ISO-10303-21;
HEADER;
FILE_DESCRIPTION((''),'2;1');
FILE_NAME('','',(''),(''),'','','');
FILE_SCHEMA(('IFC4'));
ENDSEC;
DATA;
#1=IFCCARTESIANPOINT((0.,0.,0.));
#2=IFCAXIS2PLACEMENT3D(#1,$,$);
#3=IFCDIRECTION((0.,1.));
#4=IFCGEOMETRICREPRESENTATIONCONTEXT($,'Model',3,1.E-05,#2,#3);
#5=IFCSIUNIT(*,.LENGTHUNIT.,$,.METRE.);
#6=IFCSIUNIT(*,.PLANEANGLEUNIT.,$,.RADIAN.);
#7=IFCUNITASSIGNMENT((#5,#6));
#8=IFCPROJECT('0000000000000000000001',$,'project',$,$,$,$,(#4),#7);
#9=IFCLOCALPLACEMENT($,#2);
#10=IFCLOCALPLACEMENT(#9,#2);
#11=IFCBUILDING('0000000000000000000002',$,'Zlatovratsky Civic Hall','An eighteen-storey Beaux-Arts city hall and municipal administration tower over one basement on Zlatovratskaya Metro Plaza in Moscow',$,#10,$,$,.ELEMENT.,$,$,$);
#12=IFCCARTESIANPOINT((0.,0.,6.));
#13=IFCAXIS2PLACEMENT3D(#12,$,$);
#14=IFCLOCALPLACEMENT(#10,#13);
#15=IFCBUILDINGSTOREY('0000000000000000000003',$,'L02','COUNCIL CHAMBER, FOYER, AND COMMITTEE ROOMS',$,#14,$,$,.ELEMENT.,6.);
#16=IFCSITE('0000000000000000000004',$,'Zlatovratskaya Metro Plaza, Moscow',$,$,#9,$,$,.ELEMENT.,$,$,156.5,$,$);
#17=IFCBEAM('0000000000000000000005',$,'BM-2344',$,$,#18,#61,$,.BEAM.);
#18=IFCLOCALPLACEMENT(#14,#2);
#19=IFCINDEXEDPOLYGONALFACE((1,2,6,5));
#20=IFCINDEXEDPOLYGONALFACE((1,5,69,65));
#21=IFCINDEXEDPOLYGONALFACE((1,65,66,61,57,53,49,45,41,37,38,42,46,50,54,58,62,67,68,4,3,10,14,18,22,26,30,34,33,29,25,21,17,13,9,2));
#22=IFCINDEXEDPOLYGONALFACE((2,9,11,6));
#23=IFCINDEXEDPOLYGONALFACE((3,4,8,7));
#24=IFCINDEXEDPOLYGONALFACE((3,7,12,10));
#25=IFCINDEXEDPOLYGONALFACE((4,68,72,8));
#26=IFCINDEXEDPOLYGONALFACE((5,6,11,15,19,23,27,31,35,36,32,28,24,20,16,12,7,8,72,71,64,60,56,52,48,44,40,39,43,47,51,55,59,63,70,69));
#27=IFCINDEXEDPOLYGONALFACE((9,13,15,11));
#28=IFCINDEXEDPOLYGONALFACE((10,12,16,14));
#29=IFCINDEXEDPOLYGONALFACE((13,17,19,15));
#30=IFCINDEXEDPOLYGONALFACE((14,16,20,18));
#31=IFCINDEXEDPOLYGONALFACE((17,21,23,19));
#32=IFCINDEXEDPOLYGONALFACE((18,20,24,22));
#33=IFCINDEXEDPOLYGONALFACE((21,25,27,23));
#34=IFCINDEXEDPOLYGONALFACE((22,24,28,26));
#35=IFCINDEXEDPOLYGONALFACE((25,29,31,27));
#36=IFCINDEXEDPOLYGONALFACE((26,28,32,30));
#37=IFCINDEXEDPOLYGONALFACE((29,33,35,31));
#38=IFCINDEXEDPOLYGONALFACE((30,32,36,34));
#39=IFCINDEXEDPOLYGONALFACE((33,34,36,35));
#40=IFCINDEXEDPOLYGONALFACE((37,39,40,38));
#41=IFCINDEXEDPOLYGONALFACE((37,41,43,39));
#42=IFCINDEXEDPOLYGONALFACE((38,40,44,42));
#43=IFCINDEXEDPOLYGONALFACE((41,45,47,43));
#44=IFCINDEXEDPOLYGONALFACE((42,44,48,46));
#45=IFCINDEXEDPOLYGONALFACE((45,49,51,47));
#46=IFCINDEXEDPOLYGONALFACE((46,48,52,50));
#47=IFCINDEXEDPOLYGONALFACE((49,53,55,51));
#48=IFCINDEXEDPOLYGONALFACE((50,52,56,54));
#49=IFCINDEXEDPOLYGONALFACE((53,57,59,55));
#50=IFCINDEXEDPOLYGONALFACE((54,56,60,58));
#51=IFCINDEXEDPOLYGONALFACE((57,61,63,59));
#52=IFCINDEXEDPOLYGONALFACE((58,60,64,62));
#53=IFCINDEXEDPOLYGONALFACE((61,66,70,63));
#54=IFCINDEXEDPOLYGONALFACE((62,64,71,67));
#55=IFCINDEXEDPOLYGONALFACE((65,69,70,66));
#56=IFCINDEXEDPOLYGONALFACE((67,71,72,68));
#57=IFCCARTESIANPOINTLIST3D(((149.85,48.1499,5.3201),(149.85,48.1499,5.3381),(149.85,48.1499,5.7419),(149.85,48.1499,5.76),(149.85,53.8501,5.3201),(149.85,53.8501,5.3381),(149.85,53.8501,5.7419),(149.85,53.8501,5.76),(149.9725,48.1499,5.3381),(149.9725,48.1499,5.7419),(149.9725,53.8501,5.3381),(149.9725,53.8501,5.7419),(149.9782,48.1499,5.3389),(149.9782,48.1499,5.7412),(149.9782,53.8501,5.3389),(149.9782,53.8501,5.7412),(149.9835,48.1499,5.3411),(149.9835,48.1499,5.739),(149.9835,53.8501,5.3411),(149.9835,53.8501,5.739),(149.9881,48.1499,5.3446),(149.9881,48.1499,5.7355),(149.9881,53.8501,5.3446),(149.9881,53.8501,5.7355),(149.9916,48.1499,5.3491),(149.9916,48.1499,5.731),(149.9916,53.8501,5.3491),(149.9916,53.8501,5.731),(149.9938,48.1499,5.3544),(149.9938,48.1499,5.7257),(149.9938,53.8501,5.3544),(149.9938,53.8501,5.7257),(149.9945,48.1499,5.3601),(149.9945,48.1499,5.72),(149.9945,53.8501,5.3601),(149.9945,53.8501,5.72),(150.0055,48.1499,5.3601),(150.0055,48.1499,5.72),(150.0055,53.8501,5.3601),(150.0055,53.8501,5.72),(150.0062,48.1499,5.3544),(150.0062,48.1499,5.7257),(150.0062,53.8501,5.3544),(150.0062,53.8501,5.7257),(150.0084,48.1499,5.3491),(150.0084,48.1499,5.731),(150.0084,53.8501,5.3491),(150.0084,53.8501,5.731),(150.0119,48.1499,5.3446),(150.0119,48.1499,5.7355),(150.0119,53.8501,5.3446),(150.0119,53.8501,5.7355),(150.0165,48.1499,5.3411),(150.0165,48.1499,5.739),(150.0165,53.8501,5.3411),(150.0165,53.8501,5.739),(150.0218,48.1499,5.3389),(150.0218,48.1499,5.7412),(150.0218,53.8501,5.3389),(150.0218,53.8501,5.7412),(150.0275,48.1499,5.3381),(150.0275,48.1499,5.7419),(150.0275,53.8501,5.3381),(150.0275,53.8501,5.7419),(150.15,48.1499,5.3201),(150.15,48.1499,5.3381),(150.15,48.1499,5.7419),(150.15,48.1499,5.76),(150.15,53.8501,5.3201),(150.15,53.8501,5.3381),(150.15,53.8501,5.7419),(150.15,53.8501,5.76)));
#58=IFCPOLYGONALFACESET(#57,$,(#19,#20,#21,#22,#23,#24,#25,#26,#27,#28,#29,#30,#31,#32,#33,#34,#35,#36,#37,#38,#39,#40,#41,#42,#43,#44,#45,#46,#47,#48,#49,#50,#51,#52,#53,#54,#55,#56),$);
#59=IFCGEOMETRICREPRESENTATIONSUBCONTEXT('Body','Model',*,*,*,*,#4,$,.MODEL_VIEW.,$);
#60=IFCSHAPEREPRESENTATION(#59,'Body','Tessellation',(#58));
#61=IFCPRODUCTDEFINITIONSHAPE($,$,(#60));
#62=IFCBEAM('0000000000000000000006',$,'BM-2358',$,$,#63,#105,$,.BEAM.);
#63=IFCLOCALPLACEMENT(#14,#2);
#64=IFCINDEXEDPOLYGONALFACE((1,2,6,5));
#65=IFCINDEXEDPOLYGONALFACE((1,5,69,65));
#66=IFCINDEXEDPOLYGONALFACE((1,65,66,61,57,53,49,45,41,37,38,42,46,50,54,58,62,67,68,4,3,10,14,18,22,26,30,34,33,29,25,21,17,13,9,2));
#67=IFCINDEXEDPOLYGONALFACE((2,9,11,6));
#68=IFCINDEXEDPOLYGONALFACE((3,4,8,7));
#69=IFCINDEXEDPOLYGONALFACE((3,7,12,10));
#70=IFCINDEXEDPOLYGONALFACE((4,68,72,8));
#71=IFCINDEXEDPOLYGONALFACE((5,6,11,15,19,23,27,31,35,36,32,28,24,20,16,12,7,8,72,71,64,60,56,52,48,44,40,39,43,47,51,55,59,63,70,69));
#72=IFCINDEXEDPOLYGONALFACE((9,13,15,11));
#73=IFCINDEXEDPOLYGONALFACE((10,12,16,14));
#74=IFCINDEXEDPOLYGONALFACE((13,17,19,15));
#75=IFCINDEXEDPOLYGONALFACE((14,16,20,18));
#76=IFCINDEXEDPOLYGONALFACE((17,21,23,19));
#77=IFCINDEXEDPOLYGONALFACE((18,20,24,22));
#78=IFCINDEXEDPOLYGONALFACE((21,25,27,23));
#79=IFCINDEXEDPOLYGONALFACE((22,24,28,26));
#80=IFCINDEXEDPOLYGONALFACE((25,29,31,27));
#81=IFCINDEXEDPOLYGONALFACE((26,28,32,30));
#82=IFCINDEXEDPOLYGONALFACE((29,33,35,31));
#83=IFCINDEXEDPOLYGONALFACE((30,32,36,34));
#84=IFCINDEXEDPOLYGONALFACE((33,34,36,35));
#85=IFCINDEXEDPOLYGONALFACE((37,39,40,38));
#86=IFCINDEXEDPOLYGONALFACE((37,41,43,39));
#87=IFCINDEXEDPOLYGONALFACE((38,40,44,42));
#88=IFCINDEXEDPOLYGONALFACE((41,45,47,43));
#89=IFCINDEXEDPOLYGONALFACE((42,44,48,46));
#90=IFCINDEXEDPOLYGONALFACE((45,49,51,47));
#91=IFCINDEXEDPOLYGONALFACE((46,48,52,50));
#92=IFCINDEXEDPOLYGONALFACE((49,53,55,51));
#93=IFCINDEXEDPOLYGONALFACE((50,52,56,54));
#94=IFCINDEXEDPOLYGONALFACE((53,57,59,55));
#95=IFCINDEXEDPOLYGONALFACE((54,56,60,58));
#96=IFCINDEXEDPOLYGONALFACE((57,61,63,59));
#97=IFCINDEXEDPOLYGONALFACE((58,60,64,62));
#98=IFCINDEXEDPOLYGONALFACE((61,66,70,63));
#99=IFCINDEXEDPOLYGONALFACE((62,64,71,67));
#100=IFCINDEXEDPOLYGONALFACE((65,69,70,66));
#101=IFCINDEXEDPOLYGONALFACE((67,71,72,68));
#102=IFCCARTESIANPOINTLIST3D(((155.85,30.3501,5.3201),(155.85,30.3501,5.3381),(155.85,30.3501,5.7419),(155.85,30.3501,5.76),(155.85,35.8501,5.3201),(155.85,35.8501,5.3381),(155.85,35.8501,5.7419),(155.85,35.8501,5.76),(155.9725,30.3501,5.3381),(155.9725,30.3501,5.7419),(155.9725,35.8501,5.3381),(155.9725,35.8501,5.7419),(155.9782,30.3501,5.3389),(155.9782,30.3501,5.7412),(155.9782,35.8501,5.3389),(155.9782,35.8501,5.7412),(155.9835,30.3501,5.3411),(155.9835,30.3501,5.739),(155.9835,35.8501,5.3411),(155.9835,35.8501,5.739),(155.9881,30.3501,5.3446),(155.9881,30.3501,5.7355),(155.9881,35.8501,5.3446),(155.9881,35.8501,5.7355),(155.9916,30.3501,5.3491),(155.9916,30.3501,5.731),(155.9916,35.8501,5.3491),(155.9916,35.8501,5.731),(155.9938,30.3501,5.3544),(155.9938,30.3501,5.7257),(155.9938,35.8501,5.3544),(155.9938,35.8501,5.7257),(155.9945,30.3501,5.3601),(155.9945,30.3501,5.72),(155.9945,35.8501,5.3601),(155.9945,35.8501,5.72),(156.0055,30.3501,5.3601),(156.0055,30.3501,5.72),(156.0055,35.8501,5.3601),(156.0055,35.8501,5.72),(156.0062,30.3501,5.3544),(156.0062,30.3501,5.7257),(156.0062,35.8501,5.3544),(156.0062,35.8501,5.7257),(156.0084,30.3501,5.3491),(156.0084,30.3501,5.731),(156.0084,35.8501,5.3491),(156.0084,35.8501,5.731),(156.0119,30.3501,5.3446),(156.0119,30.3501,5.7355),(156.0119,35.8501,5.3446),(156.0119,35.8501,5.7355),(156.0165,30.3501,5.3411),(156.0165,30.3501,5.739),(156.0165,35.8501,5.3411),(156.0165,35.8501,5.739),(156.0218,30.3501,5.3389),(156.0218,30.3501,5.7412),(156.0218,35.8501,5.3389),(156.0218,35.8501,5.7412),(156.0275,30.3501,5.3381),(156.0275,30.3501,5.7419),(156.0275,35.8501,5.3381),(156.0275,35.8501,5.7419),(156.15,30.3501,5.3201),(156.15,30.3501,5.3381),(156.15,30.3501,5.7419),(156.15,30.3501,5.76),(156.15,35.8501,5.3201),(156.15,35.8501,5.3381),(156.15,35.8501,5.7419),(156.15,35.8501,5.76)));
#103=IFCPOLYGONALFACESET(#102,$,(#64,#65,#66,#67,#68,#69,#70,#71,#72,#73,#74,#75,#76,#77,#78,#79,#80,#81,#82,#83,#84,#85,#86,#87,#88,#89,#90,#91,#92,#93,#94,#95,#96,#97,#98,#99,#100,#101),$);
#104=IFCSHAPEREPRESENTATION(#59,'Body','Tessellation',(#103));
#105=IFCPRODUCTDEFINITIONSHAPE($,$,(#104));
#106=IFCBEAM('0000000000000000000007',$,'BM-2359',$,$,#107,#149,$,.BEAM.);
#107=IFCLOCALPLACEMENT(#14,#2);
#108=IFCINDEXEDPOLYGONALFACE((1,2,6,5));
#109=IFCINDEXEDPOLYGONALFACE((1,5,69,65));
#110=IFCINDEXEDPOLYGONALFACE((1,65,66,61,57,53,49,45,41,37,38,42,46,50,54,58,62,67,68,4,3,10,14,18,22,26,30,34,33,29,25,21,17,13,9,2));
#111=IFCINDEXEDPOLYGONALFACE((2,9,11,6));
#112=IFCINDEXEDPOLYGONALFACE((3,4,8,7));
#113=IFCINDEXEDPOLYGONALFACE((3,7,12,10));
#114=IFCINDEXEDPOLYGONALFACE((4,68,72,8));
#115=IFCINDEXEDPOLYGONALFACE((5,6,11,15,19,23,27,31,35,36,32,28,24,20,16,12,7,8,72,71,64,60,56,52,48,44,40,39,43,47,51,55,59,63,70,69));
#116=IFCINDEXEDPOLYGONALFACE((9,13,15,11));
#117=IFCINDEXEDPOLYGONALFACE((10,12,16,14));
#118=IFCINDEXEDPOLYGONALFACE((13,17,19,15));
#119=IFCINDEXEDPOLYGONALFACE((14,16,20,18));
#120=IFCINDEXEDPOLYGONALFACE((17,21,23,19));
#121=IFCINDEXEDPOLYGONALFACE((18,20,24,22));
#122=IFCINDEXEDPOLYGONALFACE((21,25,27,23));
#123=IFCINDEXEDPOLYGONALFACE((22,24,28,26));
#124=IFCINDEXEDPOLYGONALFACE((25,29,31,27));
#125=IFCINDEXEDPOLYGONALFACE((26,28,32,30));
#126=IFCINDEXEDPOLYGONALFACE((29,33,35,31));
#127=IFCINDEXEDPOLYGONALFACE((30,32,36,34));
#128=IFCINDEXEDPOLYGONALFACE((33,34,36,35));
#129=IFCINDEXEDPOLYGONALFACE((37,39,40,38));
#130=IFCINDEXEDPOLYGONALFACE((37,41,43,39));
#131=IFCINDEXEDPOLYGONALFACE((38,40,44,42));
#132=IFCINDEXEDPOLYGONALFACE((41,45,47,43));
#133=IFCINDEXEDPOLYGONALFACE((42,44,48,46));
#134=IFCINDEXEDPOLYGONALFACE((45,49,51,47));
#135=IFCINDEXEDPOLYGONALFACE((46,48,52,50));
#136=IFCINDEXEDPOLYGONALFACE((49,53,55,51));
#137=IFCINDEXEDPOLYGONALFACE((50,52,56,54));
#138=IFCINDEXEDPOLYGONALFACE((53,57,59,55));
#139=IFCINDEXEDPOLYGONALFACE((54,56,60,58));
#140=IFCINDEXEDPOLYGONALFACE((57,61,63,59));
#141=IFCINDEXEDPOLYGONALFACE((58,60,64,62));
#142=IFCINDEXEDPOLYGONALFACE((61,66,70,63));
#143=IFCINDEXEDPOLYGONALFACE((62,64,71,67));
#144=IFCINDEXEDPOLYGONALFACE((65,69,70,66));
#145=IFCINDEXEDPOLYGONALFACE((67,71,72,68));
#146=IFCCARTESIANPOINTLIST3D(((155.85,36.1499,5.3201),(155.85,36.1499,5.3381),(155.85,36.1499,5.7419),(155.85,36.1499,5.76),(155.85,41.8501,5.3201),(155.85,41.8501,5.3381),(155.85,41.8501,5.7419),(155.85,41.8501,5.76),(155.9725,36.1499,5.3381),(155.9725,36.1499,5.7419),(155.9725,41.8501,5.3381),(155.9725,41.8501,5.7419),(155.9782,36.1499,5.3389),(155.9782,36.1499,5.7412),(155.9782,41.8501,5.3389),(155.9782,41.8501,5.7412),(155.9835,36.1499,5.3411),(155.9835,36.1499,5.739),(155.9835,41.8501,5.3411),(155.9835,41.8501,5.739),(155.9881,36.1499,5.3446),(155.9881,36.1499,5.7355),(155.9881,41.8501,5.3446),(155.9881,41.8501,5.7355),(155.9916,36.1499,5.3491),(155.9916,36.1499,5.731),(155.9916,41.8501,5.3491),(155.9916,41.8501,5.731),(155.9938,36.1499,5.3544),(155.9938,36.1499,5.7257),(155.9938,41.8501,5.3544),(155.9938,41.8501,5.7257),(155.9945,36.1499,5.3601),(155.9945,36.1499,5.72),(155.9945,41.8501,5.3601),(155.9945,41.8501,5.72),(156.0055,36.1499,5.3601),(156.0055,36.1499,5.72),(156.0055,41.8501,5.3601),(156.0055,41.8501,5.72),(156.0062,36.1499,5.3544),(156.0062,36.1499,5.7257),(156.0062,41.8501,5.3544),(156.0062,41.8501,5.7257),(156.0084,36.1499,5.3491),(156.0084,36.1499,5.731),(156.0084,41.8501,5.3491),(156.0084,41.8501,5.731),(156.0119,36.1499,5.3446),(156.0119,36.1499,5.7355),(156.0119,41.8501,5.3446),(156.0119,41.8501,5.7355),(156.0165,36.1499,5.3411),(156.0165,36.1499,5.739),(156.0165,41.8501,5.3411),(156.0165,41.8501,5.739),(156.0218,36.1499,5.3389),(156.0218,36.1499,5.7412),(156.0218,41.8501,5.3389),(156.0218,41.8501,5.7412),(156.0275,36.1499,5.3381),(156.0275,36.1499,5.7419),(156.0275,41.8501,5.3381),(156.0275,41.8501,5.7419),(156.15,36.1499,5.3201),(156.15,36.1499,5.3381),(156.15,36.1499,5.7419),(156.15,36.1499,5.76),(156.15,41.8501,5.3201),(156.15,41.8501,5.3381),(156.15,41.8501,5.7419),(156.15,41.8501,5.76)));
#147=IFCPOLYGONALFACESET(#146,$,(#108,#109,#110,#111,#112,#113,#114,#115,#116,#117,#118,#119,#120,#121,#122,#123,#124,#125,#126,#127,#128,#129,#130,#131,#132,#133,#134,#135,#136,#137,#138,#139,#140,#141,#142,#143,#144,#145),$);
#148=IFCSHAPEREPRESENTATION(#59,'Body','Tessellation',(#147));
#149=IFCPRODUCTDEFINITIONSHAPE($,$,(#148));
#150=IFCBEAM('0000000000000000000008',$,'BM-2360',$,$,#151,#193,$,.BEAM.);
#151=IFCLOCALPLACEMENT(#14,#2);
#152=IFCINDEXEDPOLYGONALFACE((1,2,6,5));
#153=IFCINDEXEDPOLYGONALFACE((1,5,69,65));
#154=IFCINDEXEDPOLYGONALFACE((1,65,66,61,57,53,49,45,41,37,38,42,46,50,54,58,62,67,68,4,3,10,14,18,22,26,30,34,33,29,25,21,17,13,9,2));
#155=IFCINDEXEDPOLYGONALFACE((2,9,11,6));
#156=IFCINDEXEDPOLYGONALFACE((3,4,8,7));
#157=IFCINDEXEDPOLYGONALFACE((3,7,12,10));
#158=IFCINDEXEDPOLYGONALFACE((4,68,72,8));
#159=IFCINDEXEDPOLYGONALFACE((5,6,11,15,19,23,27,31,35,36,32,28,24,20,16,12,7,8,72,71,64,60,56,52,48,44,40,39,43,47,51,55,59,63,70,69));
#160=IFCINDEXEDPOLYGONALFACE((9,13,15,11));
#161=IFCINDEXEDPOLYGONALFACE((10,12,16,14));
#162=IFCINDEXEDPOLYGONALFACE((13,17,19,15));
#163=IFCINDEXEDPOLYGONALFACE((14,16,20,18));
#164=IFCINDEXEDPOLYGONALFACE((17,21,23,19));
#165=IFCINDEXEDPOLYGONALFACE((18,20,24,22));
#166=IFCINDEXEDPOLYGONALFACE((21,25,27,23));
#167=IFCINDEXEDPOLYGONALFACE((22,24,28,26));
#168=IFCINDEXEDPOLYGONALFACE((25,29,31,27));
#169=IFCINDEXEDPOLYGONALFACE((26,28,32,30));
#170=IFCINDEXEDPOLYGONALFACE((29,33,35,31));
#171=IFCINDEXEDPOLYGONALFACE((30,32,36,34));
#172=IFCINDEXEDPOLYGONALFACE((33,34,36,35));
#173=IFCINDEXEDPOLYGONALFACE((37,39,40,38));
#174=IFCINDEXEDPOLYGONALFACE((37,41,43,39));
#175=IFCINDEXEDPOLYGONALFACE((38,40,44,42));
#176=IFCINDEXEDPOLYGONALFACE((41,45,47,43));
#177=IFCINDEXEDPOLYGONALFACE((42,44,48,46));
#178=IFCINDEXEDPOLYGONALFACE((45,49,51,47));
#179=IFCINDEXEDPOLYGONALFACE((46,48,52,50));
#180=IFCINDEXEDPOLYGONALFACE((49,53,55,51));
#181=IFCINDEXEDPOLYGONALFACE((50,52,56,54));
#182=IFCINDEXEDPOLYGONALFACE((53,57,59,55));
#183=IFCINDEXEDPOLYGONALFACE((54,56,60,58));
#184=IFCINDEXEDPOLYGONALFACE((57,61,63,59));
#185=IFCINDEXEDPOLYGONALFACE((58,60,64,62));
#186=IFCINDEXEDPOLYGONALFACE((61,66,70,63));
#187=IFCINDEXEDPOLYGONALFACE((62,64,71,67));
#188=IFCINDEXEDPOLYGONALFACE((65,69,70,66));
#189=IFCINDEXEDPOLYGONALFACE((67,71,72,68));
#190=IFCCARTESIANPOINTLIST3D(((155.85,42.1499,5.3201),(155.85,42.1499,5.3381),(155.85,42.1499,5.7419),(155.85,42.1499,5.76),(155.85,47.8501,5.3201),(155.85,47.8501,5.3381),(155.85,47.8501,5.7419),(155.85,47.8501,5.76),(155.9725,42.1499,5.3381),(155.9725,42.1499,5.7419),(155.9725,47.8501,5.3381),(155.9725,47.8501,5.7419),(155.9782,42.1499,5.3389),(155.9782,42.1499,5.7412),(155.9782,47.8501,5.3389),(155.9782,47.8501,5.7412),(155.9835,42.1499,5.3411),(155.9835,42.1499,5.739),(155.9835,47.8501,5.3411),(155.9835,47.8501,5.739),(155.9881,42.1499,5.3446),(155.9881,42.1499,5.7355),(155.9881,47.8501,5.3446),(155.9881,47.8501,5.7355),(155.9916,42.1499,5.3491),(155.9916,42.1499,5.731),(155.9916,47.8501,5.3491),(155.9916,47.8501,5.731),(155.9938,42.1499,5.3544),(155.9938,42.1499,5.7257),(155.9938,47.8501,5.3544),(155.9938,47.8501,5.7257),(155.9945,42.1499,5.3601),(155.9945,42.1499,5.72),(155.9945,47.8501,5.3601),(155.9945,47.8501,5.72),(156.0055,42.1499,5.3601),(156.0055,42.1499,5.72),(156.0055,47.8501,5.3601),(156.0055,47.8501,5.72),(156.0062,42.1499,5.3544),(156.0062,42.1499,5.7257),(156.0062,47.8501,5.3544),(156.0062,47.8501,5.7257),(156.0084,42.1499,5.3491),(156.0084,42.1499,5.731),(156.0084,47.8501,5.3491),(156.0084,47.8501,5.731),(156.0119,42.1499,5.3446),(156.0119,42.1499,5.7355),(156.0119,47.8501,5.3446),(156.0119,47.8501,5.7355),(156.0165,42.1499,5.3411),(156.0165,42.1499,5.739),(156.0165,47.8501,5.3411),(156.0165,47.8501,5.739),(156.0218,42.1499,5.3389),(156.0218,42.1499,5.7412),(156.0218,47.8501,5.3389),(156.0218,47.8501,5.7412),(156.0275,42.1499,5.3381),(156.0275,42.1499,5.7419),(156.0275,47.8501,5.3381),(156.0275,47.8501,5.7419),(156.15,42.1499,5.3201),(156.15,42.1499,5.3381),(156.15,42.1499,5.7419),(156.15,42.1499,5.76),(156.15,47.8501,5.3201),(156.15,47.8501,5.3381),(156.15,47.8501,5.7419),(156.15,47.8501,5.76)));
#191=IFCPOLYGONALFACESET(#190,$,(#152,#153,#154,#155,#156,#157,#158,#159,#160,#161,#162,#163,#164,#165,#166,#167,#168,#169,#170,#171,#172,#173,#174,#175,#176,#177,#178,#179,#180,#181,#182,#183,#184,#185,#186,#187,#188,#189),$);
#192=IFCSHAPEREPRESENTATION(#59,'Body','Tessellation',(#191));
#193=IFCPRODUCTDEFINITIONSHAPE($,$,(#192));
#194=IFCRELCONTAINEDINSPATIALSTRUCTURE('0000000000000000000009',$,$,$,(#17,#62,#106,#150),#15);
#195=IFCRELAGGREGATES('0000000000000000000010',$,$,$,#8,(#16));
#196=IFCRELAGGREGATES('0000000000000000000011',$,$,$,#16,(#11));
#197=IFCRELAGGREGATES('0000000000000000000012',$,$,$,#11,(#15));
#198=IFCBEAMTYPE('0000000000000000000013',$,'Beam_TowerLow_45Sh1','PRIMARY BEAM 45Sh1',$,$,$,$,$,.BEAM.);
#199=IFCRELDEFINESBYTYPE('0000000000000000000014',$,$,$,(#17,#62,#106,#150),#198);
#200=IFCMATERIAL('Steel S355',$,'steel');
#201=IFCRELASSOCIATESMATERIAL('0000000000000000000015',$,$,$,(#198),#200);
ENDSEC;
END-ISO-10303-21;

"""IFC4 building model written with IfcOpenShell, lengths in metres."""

from ifc_helpers import new_model, si_unit, direction, frame, origin, origin_2d, place, context, subcontext, project, spatial, i_section, extrude, material, material_profile, profile_set, type_object, element, save


model = new_model("IFC4")

# Units and contexts
model_context = context("Model", 3, precision=1e-05, world=origin(), true_north=direction((0.0, 1.0)))
body_context = subcontext(model_context, "Body", "Model", "MODEL_VIEW")
ifc_project = project(units=[si_unit("LENGTHUNIT", "METRE"), si_unit("PLANEANGLEUNIT", "RADIAN")], contexts=[model_context])

# Site, building, storey
site_placement = place(None, origin())
site = spatial("IfcSite", under=ifc_project, at=site_placement, Name="Zlatovratskaya Metro Plaza, Moscow", CompositionType="ELEMENT", RefElevation=156.5)
building_placement = place(site_placement, origin())
building = spatial("IfcBuilding", under=site, at=building_placement, Name="Zlatovratsky Civic Hall", Description="An eighteen-storey Beaux-Arts city hall and municipal administration tower over one basement on Zlatovratskaya Metro Plaza in Moscow", CompositionType="ELEMENT")
storey_placement = place(building_placement, frame((0.0, 0.0, 6.0)))
storey = spatial("IfcBuildingStorey", under=building, at=storey_placement, Name="L02", Description="COUNCIL CHAMBER, FOYER, AND COMMITTEE ROOMS", CompositionType="ELEMENT", Elevation=6.0)

# Shared definitions
ifc_material_1 = material(Name="Steel S355", Category="steel")

# Beams
ifc_material_profile_1 = material_profile(ifc_material_1, i_section(OverallWidth=0.3, OverallDepth=0.4399, WebThickness=0.011, FlangeThickness=0.0181, FilletRadius=0.022, at=origin_2d()), Name="45Sh1")
ifc_profile_set_1 = profile_set([ifc_material_profile_1], Name="Steel S355")
beam_type_1 = type_object("IfcBeamType", Name="Beam_TowerLow_45Sh1", Description="PRIMARY BEAM 45Sh1", PredefinedType="BEAM", material=ifc_profile_set_1)
for number, where, z_axis, x_axis, name in (
    (1, (150.0, 48.1499, 5.54), (0.0, 1.0, 0.0), (-1.0, 0.0, 0.0), "BM-2344"),
):
    element("IfcBeam", number, at=place(storey_placement, frame(where, z_axis=z_axis, x_axis=x_axis)), inside=storey, type_object=beam_type_1, Name=name, PredefinedType="BEAM", context=body_context, shape_type="SweptSolid", body=[
        extrude(i_section(OverallWidth=0.3, OverallDepth=0.4399, WebThickness=0.011, FlangeThickness=0.0181, FilletRadius=0.022, at=origin_2d()), origin(), (0.0, 0.0, 1.0), 5.7002),
    ])
beam_1_placement = place(storey_placement, frame((156.0, 30.3501, 5.54), z_axis=(0.0, 1.0, 0.0), x_axis=(-1.0, 0.0, 0.0)))
element("IfcBeam", 2, at=beam_1_placement, inside=storey, type_object=beam_type_1, Name="BM-2358", PredefinedType="BEAM", context=body_context, shape_type="SweptSolid", body=[
    extrude(i_section(OverallWidth=0.3, OverallDepth=0.4399, WebThickness=0.011, FlangeThickness=0.0181, FilletRadius=0.022, at=origin_2d()), origin(), (0.0, 0.0, 1.0), 5.5),
])
for number, where, z_axis, x_axis, name in (
    (3, (156.0, 36.1499, 5.54), (0.0, 1.0, 0.0), (-1.0, 0.0, 0.0), "BM-2359"),
    (4, (156.0, 42.1499, 5.54), (0.0, 1.0, 0.0), (-1.0, 0.0, 0.0), "BM-2360"),
):
    element("IfcBeam", number, at=place(storey_placement, frame(where, z_axis=z_axis, x_axis=x_axis)), inside=storey, type_object=beam_type_1, Name=name, PredefinedType="BEAM", context=body_context, shape_type="SweptSolid", body=[
        extrude(i_section(OverallWidth=0.3, OverallDepth=0.4399, WebThickness=0.011, FlangeThickness=0.0181, FilletRadius=0.022, at=origin_2d()), origin(), (0.0, 0.0, 1.0), 5.7002),
    ])

save(model, "model.ifc")
